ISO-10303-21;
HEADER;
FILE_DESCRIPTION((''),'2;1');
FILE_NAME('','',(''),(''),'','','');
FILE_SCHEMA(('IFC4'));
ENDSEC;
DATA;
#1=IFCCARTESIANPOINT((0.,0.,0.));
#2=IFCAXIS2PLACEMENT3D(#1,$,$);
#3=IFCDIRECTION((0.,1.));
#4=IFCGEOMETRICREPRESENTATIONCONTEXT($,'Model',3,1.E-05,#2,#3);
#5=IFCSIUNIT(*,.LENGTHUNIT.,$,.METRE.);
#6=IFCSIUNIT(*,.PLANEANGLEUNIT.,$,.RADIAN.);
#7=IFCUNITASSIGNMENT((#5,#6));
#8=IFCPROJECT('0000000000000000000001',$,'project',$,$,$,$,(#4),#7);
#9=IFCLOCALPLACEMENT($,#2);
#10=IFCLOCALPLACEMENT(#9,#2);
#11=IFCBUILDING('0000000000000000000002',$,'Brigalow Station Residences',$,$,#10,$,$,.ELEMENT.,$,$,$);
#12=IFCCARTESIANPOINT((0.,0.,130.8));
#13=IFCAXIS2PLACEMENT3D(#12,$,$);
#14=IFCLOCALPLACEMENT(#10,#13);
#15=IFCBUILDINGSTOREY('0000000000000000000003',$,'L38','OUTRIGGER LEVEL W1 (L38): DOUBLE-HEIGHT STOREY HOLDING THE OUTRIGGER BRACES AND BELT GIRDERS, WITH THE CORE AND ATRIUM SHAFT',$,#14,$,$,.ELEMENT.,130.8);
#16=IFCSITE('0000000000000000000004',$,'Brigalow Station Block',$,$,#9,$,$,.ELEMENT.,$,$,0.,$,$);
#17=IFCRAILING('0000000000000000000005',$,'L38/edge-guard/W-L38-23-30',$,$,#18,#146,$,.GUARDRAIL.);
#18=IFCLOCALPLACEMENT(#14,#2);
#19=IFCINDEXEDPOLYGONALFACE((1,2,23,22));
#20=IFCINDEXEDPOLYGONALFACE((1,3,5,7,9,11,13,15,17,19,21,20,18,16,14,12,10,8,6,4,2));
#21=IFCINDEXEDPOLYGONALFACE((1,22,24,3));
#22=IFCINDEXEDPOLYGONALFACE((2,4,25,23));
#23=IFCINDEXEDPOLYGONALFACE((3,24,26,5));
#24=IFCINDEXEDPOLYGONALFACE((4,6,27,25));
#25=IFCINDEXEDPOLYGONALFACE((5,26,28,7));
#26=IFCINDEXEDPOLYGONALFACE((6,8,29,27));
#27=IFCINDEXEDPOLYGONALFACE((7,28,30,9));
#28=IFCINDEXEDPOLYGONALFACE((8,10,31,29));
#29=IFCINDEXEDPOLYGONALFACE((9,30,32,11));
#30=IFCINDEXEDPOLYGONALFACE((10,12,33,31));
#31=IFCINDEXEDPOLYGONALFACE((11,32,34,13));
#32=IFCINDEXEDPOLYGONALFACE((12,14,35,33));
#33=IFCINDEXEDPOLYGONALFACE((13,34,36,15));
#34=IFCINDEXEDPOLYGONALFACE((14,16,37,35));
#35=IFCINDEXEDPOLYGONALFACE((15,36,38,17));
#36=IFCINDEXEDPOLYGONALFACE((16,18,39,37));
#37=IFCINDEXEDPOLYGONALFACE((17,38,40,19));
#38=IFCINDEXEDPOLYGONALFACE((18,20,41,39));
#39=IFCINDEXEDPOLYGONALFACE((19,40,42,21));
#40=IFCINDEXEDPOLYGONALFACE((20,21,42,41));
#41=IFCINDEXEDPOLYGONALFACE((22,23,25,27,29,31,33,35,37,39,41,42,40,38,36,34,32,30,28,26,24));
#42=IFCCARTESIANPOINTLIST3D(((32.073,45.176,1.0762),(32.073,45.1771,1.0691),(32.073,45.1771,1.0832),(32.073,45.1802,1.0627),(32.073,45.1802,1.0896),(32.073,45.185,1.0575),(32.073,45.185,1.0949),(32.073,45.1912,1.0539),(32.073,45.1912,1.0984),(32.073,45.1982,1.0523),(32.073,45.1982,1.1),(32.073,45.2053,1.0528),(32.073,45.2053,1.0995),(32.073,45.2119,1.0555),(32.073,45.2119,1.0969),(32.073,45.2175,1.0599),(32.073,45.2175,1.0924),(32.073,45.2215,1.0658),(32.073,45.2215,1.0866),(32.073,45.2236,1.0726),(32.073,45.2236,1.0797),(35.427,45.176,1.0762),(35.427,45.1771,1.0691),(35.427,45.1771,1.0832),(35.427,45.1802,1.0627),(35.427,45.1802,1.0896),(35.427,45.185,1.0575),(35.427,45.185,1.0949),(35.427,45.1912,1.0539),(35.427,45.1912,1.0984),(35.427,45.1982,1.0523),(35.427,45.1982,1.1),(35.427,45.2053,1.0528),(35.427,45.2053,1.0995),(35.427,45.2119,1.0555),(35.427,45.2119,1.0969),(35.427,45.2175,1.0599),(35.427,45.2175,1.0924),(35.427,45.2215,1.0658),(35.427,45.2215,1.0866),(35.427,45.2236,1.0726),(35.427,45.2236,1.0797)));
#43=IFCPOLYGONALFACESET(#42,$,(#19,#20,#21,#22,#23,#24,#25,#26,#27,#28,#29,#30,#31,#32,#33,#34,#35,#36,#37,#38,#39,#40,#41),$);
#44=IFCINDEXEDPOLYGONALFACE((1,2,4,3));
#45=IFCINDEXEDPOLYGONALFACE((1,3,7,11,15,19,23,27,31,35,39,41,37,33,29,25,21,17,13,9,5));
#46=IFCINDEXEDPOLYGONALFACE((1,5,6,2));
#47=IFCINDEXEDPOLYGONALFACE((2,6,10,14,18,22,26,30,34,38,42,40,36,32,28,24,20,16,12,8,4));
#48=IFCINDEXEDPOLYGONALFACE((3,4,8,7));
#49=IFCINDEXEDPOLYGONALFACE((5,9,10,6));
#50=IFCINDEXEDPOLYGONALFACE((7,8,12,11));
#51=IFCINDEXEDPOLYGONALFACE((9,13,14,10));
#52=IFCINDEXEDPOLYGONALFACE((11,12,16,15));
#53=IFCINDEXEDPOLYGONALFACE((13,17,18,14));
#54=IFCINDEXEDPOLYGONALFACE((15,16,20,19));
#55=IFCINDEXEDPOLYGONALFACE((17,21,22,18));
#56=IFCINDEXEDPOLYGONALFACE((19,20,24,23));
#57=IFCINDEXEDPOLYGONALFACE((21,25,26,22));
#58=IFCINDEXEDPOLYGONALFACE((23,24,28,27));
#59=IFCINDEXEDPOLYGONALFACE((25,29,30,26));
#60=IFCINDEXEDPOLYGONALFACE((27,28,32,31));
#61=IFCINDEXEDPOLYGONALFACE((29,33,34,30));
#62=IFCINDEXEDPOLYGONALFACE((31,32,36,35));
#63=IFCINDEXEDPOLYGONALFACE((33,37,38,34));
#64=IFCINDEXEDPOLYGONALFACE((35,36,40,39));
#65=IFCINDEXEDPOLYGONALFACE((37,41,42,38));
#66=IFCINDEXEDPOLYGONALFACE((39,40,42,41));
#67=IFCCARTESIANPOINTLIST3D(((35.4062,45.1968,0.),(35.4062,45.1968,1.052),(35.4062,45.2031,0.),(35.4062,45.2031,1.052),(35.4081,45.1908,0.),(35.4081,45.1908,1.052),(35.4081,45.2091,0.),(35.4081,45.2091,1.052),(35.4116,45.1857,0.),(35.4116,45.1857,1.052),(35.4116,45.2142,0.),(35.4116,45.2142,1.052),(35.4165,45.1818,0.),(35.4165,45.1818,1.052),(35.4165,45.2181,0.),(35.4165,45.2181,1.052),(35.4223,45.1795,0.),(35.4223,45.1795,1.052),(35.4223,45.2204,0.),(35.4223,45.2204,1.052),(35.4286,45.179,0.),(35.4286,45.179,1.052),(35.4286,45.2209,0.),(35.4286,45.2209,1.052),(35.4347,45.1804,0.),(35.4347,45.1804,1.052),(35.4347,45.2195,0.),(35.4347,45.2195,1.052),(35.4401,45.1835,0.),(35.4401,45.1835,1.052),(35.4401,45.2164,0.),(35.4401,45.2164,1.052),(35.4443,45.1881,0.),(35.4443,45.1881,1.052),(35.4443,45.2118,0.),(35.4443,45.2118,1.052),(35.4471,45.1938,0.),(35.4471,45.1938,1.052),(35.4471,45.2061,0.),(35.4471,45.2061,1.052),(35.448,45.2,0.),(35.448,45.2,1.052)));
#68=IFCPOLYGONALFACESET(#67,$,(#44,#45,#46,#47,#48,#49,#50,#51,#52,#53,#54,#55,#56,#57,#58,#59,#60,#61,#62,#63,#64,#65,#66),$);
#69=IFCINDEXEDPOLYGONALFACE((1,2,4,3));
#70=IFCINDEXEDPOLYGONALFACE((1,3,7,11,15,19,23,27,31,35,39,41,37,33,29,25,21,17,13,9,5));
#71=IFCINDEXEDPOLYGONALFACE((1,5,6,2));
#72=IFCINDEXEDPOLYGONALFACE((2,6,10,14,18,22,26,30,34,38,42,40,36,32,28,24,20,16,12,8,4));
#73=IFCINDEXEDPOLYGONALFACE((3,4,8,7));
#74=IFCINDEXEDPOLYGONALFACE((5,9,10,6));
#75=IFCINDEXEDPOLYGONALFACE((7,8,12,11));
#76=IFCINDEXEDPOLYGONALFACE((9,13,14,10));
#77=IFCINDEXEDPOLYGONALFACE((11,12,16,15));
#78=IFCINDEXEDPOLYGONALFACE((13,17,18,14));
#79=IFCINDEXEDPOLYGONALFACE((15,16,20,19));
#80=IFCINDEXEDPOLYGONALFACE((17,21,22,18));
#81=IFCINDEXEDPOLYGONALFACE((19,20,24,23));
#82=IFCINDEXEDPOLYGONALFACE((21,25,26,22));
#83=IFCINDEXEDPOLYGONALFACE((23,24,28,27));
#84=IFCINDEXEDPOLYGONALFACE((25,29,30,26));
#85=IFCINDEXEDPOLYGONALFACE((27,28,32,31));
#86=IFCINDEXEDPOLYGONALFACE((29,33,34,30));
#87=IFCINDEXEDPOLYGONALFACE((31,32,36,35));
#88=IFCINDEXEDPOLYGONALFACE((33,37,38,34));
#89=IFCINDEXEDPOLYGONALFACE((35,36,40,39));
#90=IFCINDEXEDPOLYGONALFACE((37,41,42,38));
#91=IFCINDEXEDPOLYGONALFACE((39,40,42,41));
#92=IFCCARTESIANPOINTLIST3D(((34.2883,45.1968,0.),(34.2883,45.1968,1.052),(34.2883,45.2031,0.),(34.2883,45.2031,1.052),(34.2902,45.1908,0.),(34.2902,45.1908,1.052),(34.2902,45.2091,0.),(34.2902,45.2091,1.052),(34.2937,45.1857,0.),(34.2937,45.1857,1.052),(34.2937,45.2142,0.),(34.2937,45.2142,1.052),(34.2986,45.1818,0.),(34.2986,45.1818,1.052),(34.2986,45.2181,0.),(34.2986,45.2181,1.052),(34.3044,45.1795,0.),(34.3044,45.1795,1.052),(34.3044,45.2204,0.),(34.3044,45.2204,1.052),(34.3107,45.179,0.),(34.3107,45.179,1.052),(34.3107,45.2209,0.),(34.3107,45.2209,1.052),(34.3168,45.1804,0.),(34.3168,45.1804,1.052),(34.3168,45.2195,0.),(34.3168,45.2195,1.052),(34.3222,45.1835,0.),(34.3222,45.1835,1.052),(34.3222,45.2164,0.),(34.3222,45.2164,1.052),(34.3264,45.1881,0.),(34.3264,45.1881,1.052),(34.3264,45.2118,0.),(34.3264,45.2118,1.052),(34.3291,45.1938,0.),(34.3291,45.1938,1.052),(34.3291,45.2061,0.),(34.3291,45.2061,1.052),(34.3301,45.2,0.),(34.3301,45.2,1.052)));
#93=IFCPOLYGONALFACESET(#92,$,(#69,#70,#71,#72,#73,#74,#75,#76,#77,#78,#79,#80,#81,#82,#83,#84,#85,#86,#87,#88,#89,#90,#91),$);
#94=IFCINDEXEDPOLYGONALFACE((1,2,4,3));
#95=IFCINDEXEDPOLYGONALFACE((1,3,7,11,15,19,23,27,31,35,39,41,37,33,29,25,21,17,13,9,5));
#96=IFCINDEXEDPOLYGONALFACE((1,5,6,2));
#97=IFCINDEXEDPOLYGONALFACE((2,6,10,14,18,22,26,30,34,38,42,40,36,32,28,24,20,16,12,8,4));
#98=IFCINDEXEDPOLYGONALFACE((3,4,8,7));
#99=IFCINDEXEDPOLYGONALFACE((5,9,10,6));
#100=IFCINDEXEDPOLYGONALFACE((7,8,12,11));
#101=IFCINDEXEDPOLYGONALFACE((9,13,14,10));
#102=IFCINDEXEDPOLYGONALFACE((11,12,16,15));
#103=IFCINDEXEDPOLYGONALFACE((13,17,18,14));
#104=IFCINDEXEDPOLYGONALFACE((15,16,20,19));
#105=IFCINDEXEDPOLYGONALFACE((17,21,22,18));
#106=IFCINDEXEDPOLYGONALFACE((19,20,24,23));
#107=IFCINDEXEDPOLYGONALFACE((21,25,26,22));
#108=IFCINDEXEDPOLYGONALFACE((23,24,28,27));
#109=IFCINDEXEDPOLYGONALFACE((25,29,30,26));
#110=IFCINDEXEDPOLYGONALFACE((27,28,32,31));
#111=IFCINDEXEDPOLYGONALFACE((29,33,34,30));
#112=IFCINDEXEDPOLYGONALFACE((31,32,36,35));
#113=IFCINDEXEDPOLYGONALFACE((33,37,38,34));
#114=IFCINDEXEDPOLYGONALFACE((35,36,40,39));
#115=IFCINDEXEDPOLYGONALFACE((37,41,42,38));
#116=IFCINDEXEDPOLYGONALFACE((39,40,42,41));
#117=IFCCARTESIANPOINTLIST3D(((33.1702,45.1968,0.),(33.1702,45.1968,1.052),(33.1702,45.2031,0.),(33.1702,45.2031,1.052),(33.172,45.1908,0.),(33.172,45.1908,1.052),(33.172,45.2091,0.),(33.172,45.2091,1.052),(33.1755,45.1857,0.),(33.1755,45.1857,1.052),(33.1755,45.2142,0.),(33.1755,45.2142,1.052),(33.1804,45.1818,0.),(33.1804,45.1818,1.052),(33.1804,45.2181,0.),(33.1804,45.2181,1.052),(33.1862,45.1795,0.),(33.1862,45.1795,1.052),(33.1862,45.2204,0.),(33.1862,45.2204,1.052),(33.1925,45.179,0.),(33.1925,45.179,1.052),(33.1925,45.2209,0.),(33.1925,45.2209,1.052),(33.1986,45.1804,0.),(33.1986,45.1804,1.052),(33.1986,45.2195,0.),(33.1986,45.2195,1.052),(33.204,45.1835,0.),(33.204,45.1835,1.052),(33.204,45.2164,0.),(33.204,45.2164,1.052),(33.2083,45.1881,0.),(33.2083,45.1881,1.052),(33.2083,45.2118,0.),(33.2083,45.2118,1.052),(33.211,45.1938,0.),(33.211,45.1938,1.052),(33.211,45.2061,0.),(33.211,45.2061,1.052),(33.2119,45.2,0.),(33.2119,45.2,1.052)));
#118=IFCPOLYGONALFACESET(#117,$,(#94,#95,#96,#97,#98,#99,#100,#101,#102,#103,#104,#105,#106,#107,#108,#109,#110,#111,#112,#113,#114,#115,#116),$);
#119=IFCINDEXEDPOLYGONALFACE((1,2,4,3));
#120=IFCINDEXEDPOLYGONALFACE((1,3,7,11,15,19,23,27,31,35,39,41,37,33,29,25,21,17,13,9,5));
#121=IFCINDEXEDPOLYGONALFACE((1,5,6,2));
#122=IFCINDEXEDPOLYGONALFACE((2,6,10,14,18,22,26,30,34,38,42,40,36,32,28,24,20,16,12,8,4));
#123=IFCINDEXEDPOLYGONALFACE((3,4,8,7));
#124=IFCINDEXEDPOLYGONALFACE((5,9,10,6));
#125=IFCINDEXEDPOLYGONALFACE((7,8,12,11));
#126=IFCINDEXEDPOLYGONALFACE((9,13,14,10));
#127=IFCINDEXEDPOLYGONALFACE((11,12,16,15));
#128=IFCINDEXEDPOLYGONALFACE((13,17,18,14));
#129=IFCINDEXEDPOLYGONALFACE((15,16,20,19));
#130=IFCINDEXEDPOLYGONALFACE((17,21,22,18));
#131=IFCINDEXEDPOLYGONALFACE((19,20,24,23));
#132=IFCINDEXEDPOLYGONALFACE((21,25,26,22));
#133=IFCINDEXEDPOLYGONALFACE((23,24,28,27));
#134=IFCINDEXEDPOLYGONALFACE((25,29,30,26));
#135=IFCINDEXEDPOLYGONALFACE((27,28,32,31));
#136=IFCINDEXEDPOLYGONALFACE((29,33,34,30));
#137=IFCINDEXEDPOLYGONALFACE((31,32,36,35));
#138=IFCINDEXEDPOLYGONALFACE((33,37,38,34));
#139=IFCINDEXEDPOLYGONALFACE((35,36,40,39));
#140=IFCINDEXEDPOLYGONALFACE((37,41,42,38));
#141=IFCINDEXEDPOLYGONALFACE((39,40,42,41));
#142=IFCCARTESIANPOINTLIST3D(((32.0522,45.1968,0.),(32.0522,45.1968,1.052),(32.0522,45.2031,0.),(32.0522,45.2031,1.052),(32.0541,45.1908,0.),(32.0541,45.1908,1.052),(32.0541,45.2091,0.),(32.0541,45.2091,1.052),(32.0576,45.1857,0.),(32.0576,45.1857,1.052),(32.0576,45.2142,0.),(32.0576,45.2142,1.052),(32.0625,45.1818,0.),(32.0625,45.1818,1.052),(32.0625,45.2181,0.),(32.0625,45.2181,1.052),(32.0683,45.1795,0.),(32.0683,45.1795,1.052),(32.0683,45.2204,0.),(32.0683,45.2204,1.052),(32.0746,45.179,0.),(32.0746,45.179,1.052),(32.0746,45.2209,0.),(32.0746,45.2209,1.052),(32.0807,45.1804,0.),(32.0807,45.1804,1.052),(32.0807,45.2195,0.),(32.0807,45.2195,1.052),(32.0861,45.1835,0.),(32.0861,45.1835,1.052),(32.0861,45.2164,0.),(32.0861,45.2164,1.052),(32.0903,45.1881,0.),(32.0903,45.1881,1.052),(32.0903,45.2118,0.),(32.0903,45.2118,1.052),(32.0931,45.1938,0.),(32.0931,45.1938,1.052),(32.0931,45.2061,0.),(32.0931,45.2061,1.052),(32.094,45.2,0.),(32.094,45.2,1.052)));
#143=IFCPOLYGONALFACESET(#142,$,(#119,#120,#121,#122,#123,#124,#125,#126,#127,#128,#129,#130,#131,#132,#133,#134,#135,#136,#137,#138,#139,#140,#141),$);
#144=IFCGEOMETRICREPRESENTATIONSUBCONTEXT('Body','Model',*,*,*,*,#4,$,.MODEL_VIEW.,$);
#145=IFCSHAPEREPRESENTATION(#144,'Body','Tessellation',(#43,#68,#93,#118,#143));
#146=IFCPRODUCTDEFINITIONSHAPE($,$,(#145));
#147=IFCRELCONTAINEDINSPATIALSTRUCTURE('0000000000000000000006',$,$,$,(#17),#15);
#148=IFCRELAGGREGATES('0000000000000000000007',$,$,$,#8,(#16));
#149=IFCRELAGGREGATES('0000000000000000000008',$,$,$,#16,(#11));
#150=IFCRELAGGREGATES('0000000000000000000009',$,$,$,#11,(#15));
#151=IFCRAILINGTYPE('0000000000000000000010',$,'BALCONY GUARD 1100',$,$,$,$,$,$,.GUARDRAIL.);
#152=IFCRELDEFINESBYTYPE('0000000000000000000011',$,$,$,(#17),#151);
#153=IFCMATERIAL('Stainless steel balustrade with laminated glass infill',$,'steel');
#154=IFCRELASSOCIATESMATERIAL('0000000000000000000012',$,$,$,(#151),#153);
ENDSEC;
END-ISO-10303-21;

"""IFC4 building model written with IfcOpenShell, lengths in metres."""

from ifc_helpers import new_model, si_unit, direction, frame, origin, origin_2d, place, context, subcontext, project, spatial, circle, extrude, material, type_object, element, save


model = new_model("IFC4")

# Units and contexts
model_context = context("Model", 3, precision=1e-05, world=origin(), true_north=direction((0.0, 1.0)))
body_context = subcontext(model_context, "Body", "Model", "MODEL_VIEW")
ifc_project = project(units=[si_unit("LENGTHUNIT", "METRE"), si_unit("PLANEANGLEUNIT", "RADIAN")], contexts=[model_context])

# Site, building, storey
site_placement = place(None, origin())
site = spatial("IfcSite", under=ifc_project, at=site_placement, Name="Brigalow Station Block", CompositionType="ELEMENT", RefElevation=0.0)
building_placement = place(site_placement, origin())
building = spatial("IfcBuilding", under=site, at=building_placement, Name="Brigalow Station Residences", CompositionType="ELEMENT")
storey_placement = place(building_placement, frame((0.0, 0.0, 130.8)))
storey = spatial("IfcBuildingStorey", under=building, at=storey_placement, Name="L38", Description="OUTRIGGER LEVEL W1 (L38): DOUBLE-HEIGHT STOREY HOLDING THE OUTRIGGER BRACES AND BELT GIRDERS, WITH THE CORE AND ATRIUM SHAFT", CompositionType="ELEMENT", Elevation=130.8)

# Railing
ifc_material_1 = material(Name="Stainless steel balustrade with laminated glass infill", Category="steel")
railing_type = type_object("IfcRailingType", Name="BALCONY GUARD 1100", PredefinedType="GUARDRAIL", material=ifc_material_1)
for number, where, name in (
    (1, (35.427, 45.2, 0.0), "L38/edge-guard/W-L38-23-30"),
):
    element("IfcRailing", number, at=place(storey_placement, frame(where)), inside=storey, type_object=railing_type, Name=name, PredefinedType="GUARDRAIL", context=body_context, shape_type="SweptSolid", body=[
        extrude(circle(Radius=0.0239, at=origin_2d()), frame((0.0, 0.0, 1.0762), z_axis=(-1.0, 0.0, 0.0), x_axis=(0.0, -1.0, 0.0)), (0.0, 0.0, 1.0), 3.354),
        extrude(circle(Radius=0.021, at=origin_2d()), origin(), (0.0, 0.0, 1.0), 1.052),
        extrude(circle(Radius=0.021, at=origin_2d()), frame((-1.1179, 0.0, 0.0)), (0.0, 0.0, 1.0), 1.052),
        extrude(circle(Radius=0.021, at=origin_2d()), frame((-2.2361, 0.0, 0.0)), (0.0, 0.0, 1.0), 1.052),
        extrude(circle(Radius=0.021, at=origin_2d()), frame((-3.354, 0.0, 0.0)), (0.0, 0.0, 1.0), 1.052),
    ])

save(model, "model.ifc")
